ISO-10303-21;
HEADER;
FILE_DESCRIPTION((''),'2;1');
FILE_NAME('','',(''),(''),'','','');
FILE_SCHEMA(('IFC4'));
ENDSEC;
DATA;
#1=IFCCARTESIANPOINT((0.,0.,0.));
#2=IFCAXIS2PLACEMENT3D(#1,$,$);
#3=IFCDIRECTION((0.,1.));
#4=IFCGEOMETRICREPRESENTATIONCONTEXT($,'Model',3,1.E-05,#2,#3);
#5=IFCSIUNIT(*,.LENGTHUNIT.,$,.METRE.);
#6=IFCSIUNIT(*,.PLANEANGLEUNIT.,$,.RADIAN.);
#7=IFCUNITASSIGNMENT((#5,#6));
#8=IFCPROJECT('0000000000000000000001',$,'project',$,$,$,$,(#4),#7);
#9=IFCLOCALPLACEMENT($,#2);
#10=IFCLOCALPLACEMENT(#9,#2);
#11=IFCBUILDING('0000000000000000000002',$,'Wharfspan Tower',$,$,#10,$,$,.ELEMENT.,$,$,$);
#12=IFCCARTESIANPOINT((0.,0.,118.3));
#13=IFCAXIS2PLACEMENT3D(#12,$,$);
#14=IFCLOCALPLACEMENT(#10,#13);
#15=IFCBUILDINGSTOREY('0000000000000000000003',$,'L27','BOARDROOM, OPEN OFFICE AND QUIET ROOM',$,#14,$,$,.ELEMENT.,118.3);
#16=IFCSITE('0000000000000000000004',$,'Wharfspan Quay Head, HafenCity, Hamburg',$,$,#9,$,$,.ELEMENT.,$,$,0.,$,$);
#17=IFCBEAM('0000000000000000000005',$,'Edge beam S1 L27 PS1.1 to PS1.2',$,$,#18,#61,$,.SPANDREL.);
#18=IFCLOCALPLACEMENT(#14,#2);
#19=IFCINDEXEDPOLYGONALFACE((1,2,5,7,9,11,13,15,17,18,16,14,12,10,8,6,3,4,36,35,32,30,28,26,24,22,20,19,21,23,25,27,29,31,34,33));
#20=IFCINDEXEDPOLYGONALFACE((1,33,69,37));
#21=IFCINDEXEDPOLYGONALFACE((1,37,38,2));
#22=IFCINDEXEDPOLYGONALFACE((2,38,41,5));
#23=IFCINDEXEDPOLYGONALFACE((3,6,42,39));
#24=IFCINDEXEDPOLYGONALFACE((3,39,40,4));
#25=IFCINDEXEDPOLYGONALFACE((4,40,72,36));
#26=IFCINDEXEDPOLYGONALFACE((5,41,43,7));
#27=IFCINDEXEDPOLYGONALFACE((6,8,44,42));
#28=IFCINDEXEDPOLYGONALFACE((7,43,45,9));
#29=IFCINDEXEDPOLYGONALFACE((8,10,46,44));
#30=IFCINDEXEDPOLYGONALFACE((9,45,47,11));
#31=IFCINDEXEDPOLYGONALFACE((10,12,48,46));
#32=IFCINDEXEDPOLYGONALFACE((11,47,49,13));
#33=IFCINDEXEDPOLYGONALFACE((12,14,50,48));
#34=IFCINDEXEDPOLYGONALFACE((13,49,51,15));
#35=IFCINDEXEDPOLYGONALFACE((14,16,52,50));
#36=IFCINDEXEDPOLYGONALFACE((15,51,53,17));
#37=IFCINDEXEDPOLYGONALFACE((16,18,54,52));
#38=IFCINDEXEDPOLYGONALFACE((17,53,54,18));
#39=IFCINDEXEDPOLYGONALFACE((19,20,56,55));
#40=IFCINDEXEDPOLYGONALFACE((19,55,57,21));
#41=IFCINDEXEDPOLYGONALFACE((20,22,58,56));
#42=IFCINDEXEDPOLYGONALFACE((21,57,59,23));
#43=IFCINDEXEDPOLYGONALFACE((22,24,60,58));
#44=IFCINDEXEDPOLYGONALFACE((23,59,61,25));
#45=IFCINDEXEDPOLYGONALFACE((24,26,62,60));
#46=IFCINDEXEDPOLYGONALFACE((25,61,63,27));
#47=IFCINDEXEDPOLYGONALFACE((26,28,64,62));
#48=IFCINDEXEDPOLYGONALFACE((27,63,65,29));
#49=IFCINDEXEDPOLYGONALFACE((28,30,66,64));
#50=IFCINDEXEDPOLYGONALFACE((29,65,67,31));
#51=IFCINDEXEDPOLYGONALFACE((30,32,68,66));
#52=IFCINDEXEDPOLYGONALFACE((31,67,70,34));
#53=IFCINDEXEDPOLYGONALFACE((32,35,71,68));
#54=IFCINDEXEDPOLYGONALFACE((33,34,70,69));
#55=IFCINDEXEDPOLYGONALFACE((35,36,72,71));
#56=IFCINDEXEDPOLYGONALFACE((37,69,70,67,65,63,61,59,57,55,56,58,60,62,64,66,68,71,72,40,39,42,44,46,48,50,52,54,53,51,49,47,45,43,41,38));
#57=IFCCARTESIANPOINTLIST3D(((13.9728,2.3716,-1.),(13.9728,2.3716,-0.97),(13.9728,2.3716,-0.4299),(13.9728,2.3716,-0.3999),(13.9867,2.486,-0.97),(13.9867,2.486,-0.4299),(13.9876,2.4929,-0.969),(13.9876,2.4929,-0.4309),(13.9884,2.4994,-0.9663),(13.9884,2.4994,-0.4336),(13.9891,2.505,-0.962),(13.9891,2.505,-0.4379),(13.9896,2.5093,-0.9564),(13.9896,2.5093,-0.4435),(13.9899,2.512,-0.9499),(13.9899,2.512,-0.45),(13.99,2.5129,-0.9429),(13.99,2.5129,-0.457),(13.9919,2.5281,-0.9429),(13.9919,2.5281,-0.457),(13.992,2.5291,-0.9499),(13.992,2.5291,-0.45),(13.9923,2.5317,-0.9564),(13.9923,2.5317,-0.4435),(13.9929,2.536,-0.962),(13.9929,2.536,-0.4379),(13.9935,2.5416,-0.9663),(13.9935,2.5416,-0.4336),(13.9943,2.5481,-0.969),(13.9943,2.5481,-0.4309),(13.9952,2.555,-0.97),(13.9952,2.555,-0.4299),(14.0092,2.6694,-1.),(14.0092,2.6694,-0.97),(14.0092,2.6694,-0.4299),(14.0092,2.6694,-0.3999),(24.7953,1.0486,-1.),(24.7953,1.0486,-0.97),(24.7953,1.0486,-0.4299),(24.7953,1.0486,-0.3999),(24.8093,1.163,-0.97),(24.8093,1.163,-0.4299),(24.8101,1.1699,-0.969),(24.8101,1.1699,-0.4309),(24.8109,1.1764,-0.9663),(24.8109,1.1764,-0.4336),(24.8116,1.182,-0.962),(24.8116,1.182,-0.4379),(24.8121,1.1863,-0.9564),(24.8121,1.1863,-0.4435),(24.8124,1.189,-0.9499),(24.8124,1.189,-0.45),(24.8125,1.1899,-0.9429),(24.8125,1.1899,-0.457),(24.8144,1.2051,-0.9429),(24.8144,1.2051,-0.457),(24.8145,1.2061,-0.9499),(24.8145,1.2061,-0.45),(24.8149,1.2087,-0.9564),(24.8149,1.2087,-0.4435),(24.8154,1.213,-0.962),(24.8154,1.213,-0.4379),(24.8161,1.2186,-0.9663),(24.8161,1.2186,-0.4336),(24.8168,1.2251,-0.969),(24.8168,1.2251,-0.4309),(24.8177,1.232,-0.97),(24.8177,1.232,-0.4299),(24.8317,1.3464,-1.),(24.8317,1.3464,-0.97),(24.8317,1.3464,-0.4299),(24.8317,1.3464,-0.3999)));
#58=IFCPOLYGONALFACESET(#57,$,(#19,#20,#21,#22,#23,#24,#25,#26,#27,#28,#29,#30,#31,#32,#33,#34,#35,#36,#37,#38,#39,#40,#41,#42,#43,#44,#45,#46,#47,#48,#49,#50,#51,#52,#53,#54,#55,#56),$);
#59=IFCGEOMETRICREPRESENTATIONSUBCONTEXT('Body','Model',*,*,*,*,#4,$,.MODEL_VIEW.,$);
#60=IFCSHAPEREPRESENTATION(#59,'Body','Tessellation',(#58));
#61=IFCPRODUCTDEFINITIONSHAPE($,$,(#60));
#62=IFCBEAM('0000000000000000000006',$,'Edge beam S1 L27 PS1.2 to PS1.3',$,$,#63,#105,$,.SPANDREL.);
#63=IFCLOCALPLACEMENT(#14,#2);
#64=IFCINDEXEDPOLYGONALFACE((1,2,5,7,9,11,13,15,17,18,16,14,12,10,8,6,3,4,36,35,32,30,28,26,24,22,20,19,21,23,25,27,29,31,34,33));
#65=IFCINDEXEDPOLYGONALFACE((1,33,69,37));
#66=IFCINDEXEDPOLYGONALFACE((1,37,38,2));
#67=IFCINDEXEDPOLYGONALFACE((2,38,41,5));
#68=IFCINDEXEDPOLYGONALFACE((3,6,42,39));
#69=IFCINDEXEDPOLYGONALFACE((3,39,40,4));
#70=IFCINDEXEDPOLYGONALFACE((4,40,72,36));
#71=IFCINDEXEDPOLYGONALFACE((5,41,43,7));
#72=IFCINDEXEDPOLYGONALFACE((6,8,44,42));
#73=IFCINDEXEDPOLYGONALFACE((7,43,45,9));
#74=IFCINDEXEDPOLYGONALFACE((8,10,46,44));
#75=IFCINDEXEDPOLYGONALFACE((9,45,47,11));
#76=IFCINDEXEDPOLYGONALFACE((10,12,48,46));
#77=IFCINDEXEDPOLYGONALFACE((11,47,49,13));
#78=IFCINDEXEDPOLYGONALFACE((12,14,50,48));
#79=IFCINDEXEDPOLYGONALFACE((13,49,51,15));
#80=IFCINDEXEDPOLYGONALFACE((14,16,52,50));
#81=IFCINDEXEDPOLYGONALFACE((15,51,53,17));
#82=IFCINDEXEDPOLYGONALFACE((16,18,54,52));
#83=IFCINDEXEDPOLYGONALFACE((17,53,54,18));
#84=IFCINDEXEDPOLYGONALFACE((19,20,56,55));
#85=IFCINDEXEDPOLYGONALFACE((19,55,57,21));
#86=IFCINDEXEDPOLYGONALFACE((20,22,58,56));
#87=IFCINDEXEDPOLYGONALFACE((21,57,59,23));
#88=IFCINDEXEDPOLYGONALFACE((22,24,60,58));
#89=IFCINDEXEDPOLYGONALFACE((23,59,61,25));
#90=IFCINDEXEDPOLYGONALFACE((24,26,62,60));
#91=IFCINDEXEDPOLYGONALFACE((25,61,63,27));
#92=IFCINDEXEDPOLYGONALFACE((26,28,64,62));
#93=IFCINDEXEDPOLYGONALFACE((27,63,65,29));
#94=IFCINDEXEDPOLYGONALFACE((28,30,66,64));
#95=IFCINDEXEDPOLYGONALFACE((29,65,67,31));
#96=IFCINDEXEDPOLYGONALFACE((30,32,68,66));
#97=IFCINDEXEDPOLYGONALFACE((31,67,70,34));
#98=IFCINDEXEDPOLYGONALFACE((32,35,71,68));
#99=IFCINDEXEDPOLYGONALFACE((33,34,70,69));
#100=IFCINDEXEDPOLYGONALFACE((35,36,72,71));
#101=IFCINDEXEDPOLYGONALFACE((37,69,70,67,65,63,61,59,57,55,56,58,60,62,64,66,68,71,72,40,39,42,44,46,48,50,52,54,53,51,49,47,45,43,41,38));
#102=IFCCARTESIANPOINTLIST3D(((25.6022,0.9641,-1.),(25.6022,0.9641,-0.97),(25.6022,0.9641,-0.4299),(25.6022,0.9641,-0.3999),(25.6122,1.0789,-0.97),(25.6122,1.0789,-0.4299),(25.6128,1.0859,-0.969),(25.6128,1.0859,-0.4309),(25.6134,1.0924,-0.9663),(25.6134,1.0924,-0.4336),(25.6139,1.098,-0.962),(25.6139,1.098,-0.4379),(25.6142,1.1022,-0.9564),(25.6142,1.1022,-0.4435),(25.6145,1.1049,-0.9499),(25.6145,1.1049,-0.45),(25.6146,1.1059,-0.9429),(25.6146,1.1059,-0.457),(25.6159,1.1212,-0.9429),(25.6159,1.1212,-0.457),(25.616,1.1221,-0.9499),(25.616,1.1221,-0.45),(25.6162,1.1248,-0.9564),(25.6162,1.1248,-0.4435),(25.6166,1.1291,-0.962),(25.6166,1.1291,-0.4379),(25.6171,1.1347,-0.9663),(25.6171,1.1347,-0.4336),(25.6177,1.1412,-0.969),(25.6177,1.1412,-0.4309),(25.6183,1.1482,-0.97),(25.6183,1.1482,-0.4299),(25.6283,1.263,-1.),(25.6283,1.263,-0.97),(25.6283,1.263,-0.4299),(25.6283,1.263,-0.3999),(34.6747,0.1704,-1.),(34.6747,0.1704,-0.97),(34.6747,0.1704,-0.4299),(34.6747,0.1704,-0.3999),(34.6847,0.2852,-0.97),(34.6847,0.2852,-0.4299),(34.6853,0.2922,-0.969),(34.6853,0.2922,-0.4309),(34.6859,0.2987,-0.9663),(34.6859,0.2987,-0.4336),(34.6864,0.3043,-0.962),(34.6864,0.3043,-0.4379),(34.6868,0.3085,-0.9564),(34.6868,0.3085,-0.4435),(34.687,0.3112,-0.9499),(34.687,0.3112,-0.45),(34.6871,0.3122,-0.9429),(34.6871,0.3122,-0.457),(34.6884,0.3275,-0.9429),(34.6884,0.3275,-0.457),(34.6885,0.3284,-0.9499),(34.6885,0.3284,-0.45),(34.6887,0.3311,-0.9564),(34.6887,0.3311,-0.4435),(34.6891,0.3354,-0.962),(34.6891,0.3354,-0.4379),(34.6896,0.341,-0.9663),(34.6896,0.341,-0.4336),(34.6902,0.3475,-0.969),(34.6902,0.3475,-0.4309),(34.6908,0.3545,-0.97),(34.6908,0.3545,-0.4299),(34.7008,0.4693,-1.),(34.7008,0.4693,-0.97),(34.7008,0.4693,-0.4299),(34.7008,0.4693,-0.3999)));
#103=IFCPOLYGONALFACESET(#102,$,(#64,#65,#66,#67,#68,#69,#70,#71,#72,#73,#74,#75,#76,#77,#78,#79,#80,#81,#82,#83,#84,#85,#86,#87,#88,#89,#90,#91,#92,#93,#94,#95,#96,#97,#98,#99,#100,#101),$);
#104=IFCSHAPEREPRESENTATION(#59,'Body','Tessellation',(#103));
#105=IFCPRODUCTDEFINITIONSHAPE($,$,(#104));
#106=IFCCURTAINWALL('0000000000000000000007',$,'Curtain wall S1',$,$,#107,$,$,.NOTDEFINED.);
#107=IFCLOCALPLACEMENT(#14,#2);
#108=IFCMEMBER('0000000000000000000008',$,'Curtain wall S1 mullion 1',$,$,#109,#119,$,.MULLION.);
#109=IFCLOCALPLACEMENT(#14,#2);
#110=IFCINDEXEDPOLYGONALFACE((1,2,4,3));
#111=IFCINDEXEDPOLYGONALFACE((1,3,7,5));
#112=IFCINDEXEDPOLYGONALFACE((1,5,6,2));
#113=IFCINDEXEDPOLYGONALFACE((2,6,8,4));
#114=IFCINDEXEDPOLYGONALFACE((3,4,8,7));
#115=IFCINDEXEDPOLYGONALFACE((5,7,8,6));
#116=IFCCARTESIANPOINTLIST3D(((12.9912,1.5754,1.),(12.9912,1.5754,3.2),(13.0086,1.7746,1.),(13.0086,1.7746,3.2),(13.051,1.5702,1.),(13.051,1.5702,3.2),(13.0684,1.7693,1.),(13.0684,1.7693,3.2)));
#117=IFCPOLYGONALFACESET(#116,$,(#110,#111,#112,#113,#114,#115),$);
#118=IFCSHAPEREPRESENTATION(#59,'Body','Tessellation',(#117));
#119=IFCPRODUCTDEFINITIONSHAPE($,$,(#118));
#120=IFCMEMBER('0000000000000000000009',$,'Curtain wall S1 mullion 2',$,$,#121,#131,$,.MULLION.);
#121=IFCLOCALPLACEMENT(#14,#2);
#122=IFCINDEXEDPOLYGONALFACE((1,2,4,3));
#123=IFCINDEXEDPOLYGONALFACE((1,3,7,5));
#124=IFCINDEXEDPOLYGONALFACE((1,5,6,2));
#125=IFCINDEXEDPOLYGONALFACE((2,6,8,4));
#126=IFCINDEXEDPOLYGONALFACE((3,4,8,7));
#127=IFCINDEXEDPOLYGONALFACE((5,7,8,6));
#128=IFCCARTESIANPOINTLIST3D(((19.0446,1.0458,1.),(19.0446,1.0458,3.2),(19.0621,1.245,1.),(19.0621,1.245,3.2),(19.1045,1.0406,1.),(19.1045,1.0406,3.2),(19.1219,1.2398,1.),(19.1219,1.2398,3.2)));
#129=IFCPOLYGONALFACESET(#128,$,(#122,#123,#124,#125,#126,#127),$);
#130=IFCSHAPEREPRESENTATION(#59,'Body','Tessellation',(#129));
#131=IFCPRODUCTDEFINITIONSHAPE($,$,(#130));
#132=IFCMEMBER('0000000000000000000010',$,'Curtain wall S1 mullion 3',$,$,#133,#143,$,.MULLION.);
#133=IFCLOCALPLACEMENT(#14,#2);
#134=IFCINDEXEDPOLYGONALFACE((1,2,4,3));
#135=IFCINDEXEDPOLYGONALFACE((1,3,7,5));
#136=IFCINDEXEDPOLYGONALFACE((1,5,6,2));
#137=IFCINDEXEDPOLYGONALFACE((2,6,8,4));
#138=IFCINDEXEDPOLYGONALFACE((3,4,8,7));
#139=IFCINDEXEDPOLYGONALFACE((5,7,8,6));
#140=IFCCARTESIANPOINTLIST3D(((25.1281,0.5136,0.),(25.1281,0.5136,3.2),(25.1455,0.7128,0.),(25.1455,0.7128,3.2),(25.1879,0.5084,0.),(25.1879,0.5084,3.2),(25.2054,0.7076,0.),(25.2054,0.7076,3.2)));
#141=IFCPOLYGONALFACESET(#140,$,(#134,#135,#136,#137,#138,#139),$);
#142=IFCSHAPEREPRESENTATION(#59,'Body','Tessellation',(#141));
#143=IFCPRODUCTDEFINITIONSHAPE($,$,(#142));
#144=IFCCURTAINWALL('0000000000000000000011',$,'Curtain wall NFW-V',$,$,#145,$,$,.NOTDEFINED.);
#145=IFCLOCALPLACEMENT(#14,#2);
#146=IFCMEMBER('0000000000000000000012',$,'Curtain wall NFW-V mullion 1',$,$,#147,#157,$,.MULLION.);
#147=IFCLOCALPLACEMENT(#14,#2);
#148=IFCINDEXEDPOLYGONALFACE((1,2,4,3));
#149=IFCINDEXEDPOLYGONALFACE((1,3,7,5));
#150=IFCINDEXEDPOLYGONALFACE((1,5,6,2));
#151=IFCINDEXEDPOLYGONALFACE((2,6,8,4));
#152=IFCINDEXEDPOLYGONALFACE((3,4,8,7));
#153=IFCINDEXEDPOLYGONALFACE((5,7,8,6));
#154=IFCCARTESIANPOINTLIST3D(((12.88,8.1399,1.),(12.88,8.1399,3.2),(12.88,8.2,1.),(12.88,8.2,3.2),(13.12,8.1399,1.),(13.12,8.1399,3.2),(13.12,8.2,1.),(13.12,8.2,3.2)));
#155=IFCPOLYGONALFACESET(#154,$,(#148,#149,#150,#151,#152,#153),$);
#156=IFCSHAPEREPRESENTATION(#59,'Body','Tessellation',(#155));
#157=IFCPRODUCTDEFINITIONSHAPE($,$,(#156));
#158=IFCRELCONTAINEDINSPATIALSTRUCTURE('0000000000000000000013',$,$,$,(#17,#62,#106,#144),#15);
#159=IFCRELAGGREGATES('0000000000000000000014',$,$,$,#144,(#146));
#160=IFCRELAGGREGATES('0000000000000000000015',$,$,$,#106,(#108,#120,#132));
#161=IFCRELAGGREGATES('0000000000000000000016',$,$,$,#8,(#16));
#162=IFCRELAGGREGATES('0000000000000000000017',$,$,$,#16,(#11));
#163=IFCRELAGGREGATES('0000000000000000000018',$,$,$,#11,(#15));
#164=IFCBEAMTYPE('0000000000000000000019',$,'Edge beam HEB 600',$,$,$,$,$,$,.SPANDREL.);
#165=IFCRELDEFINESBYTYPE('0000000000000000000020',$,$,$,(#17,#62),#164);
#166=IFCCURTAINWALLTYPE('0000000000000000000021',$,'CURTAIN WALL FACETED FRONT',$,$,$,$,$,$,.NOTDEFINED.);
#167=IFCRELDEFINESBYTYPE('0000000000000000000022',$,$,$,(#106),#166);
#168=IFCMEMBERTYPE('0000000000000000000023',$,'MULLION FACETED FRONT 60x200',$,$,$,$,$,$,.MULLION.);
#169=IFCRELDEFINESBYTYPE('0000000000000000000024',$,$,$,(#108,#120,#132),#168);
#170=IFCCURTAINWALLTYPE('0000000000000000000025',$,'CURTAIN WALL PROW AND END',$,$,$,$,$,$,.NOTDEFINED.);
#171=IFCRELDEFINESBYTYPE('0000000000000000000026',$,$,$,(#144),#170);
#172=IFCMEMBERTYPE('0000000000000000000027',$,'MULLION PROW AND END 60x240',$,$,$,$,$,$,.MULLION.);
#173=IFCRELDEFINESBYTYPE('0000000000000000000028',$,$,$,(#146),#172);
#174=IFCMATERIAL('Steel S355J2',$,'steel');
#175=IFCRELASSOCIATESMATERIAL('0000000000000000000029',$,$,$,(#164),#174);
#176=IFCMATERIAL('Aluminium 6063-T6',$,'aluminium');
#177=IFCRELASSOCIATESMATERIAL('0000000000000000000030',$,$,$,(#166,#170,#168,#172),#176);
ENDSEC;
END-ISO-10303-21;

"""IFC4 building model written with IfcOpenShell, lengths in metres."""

from ifc_helpers import new_model, si_unit, direction, frame, origin, origin_2d, place, context, subcontext, project, spatial, rectangle, i_section, extrude, material, material_profile, profile_set, type_object, element, aggregate, save


model = new_model("IFC4")

# Units and contexts
model_context = context("Model", 3, precision=1e-05, world=origin(), true_north=direction((0.0, 1.0)))
body_context = subcontext(model_context, "Body", "Model", "MODEL_VIEW")
ifc_project = project(units=[si_unit("LENGTHUNIT", "METRE"), si_unit("PLANEANGLEUNIT", "RADIAN")], contexts=[model_context])

# Site, building, storey
site_placement = place(None, origin())
site = spatial("IfcSite", under=ifc_project, at=site_placement, Name="Wharfspan Quay Head, HafenCity, Hamburg", CompositionType="ELEMENT", RefElevation=0.0)
building_placement = place(site_placement, origin())
building = spatial("IfcBuilding", under=site, at=building_placement, Name="Wharfspan Tower", CompositionType="ELEMENT")
storey_placement = place(building_placement, frame((0.0, 0.0, 118.3)))
storey = spatial("IfcBuildingStorey", under=building, at=storey_placement, Name="L27", Description="BOARDROOM, OPEN OFFICE AND QUIET ROOM", CompositionType="ELEMENT", Elevation=118.3)

# Shared definitions
ifc_material_1 = material(Name="Steel S355J2", Category="steel")

# Beams
ifc_material_profile_1 = material_profile(ifc_material_1, i_section(OverallWidth=0.3, OverallDepth=0.6001, WebThickness=0.0154, FlangeThickness=0.03, FilletRadius=0.0271, at=origin_2d()))
ifc_profile_set_1 = profile_set([ifc_material_profile_1], Name="Steel S355J2")
beam_type = type_object("IfcBeamType", Name="Edge beam HEB 600", PredefinedType="SPANDREL", material=ifc_profile_set_1)
beam_1_placement = place(storey_placement, frame((13.991, 2.5205, -0.7), z_axis=(0.992611, -0.121342, 0.0), x_axis=(0.121342, 0.992611, 0.0)))
element("IfcBeam", 1, at=beam_1_placement, inside=storey, type_object=beam_type, Name="Edge beam S1 L27 PS1.1 to PS1.2", PredefinedType="SPANDREL", context=body_context, shape_type="SweptSolid", body=[
    extrude(i_section(OverallWidth=0.3, OverallDepth=0.6001, WebThickness=0.0154, FlangeThickness=0.03, FilletRadius=0.0271, at=origin_2d()), origin(), (0.0, 0.0, 1.0), 10.9031),
])
beam_2_placement = place(storey_placement, frame((25.6152, 1.1135, -0.7), z_axis=(0.996195, -0.087151, 0.0), x_axis=(0.087151, 0.996195, 0.0)))
element("IfcBeam", 2, at=beam_2_placement, inside=storey, type_object=beam_type, Name="Edge beam S1 L27 PS1.2 to PS1.3", PredefinedType="SPANDREL", context=body_context, shape_type="SweptSolid", body=[
    extrude(i_section(OverallWidth=0.3, OverallDepth=0.6001, WebThickness=0.0154, FlangeThickness=0.03, FilletRadius=0.0271, at=origin_2d()), origin(), (0.0, 0.0, 1.0), 9.1072),
])

# Curtain wall, members
ifc_material_2 = material(Name="Aluminium 6063-T6", Category="aluminium")
curtain_wall_type_1 = type_object("IfcCurtainWallType", Name="CURTAIN WALL FACETED FRONT", PredefinedType="NOTDEFINED", material=ifc_material_2)
curtain_wall_1_placement = place(storey_placement, origin())
curtain_wall_1 = element("IfcCurtainWall", 3, at=curtain_wall_1_placement, inside=storey, type_object=curtain_wall_type_1, Name="Curtain wall S1", PredefinedType="NOTDEFINED")
ifc_material_profile_2 = material_profile(ifc_material_2, rectangle(XDim=0.2, YDim=0.0601, at=origin_2d()))
ifc_profile_set_2 = profile_set([ifc_material_profile_2], Name="Aluminium 6063-T6")
member_type_1 = type_object("IfcMemberType", Name="MULLION FACETED FRONT 60x200", PredefinedType="MULLION", material=ifc_profile_set_2)
member_1_placement = place(storey_placement, frame((13.0298, 1.6724, 1.0), z_axis=(0.0, 0.0, 1.0), x_axis=(0.087156, 0.996198, 0.0)))
member_1 = element("IfcMember", 4, at=member_1_placement, type_object=member_type_1, Name="Curtain wall S1 mullion 1", PredefinedType="MULLION", context=body_context, shape_type="SweptSolid", body=[
    extrude(rectangle(XDim=0.2, YDim=0.0601, at=origin_2d()), origin(), (0.0, 0.0, 1.0), 2.2),
])
member_2_placement = place(storey_placement, frame((19.0833, 1.1428, 1.0), z_axis=(0.0, 0.0, 1.0), x_axis=(0.087156, 0.996198, 0.0)))
member_2 = element("IfcMember", 5, at=member_2_placement, type_object=member_type_1, Name="Curtain wall S1 mullion 2", PredefinedType="MULLION", context=body_context, shape_type="SweptSolid", body=[
    extrude(rectangle(XDim=0.2, YDim=0.0601, at=origin_2d()), origin(), (0.0, 0.0, 1.0), 2.2),
])
member_3_placement = place(storey_placement, frame((25.1667, 0.6106, 0.0), z_axis=(0.0, 0.0, 1.0), x_axis=(0.087156, 0.996198, 0.0)))
member_3 = element("IfcMember", 6, at=member_3_placement, type_object=member_type_1, Name="Curtain wall S1 mullion 3", PredefinedType="MULLION", context=body_context, shape_type="SweptSolid", body=[
    extrude(rectangle(XDim=0.2, YDim=0.0601, at=origin_2d()), origin(), (0.0, 0.0, 1.0), 3.2),
])

# Curtain wall, member
curtain_wall_type_2 = type_object("IfcCurtainWallType", Name="CURTAIN WALL PROW AND END", PredefinedType="NOTDEFINED", material=ifc_material_2)
curtain_wall_2_placement = place(storey_placement, origin())
curtain_wall_2 = element("IfcCurtainWall", 7, at=curtain_wall_2_placement, inside=storey, type_object=curtain_wall_type_2, Name="Curtain wall NFW-V", PredefinedType="NOTDEFINED")
ifc_material_profile_3 = material_profile(ifc_material_2, rectangle(XDim=0.24, YDim=0.0601, at=origin_2d()))
ifc_profile_set_3 = profile_set([ifc_material_profile_3], Name="Aluminium 6063-T6")
member_type_2 = type_object("IfcMemberType", Name="MULLION PROW AND END 60x240", PredefinedType="MULLION", material=ifc_profile_set_3)
member_4_placement = place(storey_placement, frame((13.0, 8.1699, 1.0), z_axis=(0.0, 0.0, 1.0), x_axis=(1.0, 0.0, 0.0)))
member_4 = element("IfcMember", 8, at=member_4_placement, type_object=member_type_2, Name="Curtain wall NFW-V mullion 1", PredefinedType="MULLION", context=body_context, shape_type="SweptSolid", body=[
    extrude(rectangle(XDim=0.24, YDim=0.0601, at=origin_2d()), origin(), (0.0, 0.0, 1.0), 2.2),
])

aggregate(curtain_wall_2, [member_4])
aggregate(curtain_wall_1, [member_1, member_2, member_3])

save(model, "model.ifc")
